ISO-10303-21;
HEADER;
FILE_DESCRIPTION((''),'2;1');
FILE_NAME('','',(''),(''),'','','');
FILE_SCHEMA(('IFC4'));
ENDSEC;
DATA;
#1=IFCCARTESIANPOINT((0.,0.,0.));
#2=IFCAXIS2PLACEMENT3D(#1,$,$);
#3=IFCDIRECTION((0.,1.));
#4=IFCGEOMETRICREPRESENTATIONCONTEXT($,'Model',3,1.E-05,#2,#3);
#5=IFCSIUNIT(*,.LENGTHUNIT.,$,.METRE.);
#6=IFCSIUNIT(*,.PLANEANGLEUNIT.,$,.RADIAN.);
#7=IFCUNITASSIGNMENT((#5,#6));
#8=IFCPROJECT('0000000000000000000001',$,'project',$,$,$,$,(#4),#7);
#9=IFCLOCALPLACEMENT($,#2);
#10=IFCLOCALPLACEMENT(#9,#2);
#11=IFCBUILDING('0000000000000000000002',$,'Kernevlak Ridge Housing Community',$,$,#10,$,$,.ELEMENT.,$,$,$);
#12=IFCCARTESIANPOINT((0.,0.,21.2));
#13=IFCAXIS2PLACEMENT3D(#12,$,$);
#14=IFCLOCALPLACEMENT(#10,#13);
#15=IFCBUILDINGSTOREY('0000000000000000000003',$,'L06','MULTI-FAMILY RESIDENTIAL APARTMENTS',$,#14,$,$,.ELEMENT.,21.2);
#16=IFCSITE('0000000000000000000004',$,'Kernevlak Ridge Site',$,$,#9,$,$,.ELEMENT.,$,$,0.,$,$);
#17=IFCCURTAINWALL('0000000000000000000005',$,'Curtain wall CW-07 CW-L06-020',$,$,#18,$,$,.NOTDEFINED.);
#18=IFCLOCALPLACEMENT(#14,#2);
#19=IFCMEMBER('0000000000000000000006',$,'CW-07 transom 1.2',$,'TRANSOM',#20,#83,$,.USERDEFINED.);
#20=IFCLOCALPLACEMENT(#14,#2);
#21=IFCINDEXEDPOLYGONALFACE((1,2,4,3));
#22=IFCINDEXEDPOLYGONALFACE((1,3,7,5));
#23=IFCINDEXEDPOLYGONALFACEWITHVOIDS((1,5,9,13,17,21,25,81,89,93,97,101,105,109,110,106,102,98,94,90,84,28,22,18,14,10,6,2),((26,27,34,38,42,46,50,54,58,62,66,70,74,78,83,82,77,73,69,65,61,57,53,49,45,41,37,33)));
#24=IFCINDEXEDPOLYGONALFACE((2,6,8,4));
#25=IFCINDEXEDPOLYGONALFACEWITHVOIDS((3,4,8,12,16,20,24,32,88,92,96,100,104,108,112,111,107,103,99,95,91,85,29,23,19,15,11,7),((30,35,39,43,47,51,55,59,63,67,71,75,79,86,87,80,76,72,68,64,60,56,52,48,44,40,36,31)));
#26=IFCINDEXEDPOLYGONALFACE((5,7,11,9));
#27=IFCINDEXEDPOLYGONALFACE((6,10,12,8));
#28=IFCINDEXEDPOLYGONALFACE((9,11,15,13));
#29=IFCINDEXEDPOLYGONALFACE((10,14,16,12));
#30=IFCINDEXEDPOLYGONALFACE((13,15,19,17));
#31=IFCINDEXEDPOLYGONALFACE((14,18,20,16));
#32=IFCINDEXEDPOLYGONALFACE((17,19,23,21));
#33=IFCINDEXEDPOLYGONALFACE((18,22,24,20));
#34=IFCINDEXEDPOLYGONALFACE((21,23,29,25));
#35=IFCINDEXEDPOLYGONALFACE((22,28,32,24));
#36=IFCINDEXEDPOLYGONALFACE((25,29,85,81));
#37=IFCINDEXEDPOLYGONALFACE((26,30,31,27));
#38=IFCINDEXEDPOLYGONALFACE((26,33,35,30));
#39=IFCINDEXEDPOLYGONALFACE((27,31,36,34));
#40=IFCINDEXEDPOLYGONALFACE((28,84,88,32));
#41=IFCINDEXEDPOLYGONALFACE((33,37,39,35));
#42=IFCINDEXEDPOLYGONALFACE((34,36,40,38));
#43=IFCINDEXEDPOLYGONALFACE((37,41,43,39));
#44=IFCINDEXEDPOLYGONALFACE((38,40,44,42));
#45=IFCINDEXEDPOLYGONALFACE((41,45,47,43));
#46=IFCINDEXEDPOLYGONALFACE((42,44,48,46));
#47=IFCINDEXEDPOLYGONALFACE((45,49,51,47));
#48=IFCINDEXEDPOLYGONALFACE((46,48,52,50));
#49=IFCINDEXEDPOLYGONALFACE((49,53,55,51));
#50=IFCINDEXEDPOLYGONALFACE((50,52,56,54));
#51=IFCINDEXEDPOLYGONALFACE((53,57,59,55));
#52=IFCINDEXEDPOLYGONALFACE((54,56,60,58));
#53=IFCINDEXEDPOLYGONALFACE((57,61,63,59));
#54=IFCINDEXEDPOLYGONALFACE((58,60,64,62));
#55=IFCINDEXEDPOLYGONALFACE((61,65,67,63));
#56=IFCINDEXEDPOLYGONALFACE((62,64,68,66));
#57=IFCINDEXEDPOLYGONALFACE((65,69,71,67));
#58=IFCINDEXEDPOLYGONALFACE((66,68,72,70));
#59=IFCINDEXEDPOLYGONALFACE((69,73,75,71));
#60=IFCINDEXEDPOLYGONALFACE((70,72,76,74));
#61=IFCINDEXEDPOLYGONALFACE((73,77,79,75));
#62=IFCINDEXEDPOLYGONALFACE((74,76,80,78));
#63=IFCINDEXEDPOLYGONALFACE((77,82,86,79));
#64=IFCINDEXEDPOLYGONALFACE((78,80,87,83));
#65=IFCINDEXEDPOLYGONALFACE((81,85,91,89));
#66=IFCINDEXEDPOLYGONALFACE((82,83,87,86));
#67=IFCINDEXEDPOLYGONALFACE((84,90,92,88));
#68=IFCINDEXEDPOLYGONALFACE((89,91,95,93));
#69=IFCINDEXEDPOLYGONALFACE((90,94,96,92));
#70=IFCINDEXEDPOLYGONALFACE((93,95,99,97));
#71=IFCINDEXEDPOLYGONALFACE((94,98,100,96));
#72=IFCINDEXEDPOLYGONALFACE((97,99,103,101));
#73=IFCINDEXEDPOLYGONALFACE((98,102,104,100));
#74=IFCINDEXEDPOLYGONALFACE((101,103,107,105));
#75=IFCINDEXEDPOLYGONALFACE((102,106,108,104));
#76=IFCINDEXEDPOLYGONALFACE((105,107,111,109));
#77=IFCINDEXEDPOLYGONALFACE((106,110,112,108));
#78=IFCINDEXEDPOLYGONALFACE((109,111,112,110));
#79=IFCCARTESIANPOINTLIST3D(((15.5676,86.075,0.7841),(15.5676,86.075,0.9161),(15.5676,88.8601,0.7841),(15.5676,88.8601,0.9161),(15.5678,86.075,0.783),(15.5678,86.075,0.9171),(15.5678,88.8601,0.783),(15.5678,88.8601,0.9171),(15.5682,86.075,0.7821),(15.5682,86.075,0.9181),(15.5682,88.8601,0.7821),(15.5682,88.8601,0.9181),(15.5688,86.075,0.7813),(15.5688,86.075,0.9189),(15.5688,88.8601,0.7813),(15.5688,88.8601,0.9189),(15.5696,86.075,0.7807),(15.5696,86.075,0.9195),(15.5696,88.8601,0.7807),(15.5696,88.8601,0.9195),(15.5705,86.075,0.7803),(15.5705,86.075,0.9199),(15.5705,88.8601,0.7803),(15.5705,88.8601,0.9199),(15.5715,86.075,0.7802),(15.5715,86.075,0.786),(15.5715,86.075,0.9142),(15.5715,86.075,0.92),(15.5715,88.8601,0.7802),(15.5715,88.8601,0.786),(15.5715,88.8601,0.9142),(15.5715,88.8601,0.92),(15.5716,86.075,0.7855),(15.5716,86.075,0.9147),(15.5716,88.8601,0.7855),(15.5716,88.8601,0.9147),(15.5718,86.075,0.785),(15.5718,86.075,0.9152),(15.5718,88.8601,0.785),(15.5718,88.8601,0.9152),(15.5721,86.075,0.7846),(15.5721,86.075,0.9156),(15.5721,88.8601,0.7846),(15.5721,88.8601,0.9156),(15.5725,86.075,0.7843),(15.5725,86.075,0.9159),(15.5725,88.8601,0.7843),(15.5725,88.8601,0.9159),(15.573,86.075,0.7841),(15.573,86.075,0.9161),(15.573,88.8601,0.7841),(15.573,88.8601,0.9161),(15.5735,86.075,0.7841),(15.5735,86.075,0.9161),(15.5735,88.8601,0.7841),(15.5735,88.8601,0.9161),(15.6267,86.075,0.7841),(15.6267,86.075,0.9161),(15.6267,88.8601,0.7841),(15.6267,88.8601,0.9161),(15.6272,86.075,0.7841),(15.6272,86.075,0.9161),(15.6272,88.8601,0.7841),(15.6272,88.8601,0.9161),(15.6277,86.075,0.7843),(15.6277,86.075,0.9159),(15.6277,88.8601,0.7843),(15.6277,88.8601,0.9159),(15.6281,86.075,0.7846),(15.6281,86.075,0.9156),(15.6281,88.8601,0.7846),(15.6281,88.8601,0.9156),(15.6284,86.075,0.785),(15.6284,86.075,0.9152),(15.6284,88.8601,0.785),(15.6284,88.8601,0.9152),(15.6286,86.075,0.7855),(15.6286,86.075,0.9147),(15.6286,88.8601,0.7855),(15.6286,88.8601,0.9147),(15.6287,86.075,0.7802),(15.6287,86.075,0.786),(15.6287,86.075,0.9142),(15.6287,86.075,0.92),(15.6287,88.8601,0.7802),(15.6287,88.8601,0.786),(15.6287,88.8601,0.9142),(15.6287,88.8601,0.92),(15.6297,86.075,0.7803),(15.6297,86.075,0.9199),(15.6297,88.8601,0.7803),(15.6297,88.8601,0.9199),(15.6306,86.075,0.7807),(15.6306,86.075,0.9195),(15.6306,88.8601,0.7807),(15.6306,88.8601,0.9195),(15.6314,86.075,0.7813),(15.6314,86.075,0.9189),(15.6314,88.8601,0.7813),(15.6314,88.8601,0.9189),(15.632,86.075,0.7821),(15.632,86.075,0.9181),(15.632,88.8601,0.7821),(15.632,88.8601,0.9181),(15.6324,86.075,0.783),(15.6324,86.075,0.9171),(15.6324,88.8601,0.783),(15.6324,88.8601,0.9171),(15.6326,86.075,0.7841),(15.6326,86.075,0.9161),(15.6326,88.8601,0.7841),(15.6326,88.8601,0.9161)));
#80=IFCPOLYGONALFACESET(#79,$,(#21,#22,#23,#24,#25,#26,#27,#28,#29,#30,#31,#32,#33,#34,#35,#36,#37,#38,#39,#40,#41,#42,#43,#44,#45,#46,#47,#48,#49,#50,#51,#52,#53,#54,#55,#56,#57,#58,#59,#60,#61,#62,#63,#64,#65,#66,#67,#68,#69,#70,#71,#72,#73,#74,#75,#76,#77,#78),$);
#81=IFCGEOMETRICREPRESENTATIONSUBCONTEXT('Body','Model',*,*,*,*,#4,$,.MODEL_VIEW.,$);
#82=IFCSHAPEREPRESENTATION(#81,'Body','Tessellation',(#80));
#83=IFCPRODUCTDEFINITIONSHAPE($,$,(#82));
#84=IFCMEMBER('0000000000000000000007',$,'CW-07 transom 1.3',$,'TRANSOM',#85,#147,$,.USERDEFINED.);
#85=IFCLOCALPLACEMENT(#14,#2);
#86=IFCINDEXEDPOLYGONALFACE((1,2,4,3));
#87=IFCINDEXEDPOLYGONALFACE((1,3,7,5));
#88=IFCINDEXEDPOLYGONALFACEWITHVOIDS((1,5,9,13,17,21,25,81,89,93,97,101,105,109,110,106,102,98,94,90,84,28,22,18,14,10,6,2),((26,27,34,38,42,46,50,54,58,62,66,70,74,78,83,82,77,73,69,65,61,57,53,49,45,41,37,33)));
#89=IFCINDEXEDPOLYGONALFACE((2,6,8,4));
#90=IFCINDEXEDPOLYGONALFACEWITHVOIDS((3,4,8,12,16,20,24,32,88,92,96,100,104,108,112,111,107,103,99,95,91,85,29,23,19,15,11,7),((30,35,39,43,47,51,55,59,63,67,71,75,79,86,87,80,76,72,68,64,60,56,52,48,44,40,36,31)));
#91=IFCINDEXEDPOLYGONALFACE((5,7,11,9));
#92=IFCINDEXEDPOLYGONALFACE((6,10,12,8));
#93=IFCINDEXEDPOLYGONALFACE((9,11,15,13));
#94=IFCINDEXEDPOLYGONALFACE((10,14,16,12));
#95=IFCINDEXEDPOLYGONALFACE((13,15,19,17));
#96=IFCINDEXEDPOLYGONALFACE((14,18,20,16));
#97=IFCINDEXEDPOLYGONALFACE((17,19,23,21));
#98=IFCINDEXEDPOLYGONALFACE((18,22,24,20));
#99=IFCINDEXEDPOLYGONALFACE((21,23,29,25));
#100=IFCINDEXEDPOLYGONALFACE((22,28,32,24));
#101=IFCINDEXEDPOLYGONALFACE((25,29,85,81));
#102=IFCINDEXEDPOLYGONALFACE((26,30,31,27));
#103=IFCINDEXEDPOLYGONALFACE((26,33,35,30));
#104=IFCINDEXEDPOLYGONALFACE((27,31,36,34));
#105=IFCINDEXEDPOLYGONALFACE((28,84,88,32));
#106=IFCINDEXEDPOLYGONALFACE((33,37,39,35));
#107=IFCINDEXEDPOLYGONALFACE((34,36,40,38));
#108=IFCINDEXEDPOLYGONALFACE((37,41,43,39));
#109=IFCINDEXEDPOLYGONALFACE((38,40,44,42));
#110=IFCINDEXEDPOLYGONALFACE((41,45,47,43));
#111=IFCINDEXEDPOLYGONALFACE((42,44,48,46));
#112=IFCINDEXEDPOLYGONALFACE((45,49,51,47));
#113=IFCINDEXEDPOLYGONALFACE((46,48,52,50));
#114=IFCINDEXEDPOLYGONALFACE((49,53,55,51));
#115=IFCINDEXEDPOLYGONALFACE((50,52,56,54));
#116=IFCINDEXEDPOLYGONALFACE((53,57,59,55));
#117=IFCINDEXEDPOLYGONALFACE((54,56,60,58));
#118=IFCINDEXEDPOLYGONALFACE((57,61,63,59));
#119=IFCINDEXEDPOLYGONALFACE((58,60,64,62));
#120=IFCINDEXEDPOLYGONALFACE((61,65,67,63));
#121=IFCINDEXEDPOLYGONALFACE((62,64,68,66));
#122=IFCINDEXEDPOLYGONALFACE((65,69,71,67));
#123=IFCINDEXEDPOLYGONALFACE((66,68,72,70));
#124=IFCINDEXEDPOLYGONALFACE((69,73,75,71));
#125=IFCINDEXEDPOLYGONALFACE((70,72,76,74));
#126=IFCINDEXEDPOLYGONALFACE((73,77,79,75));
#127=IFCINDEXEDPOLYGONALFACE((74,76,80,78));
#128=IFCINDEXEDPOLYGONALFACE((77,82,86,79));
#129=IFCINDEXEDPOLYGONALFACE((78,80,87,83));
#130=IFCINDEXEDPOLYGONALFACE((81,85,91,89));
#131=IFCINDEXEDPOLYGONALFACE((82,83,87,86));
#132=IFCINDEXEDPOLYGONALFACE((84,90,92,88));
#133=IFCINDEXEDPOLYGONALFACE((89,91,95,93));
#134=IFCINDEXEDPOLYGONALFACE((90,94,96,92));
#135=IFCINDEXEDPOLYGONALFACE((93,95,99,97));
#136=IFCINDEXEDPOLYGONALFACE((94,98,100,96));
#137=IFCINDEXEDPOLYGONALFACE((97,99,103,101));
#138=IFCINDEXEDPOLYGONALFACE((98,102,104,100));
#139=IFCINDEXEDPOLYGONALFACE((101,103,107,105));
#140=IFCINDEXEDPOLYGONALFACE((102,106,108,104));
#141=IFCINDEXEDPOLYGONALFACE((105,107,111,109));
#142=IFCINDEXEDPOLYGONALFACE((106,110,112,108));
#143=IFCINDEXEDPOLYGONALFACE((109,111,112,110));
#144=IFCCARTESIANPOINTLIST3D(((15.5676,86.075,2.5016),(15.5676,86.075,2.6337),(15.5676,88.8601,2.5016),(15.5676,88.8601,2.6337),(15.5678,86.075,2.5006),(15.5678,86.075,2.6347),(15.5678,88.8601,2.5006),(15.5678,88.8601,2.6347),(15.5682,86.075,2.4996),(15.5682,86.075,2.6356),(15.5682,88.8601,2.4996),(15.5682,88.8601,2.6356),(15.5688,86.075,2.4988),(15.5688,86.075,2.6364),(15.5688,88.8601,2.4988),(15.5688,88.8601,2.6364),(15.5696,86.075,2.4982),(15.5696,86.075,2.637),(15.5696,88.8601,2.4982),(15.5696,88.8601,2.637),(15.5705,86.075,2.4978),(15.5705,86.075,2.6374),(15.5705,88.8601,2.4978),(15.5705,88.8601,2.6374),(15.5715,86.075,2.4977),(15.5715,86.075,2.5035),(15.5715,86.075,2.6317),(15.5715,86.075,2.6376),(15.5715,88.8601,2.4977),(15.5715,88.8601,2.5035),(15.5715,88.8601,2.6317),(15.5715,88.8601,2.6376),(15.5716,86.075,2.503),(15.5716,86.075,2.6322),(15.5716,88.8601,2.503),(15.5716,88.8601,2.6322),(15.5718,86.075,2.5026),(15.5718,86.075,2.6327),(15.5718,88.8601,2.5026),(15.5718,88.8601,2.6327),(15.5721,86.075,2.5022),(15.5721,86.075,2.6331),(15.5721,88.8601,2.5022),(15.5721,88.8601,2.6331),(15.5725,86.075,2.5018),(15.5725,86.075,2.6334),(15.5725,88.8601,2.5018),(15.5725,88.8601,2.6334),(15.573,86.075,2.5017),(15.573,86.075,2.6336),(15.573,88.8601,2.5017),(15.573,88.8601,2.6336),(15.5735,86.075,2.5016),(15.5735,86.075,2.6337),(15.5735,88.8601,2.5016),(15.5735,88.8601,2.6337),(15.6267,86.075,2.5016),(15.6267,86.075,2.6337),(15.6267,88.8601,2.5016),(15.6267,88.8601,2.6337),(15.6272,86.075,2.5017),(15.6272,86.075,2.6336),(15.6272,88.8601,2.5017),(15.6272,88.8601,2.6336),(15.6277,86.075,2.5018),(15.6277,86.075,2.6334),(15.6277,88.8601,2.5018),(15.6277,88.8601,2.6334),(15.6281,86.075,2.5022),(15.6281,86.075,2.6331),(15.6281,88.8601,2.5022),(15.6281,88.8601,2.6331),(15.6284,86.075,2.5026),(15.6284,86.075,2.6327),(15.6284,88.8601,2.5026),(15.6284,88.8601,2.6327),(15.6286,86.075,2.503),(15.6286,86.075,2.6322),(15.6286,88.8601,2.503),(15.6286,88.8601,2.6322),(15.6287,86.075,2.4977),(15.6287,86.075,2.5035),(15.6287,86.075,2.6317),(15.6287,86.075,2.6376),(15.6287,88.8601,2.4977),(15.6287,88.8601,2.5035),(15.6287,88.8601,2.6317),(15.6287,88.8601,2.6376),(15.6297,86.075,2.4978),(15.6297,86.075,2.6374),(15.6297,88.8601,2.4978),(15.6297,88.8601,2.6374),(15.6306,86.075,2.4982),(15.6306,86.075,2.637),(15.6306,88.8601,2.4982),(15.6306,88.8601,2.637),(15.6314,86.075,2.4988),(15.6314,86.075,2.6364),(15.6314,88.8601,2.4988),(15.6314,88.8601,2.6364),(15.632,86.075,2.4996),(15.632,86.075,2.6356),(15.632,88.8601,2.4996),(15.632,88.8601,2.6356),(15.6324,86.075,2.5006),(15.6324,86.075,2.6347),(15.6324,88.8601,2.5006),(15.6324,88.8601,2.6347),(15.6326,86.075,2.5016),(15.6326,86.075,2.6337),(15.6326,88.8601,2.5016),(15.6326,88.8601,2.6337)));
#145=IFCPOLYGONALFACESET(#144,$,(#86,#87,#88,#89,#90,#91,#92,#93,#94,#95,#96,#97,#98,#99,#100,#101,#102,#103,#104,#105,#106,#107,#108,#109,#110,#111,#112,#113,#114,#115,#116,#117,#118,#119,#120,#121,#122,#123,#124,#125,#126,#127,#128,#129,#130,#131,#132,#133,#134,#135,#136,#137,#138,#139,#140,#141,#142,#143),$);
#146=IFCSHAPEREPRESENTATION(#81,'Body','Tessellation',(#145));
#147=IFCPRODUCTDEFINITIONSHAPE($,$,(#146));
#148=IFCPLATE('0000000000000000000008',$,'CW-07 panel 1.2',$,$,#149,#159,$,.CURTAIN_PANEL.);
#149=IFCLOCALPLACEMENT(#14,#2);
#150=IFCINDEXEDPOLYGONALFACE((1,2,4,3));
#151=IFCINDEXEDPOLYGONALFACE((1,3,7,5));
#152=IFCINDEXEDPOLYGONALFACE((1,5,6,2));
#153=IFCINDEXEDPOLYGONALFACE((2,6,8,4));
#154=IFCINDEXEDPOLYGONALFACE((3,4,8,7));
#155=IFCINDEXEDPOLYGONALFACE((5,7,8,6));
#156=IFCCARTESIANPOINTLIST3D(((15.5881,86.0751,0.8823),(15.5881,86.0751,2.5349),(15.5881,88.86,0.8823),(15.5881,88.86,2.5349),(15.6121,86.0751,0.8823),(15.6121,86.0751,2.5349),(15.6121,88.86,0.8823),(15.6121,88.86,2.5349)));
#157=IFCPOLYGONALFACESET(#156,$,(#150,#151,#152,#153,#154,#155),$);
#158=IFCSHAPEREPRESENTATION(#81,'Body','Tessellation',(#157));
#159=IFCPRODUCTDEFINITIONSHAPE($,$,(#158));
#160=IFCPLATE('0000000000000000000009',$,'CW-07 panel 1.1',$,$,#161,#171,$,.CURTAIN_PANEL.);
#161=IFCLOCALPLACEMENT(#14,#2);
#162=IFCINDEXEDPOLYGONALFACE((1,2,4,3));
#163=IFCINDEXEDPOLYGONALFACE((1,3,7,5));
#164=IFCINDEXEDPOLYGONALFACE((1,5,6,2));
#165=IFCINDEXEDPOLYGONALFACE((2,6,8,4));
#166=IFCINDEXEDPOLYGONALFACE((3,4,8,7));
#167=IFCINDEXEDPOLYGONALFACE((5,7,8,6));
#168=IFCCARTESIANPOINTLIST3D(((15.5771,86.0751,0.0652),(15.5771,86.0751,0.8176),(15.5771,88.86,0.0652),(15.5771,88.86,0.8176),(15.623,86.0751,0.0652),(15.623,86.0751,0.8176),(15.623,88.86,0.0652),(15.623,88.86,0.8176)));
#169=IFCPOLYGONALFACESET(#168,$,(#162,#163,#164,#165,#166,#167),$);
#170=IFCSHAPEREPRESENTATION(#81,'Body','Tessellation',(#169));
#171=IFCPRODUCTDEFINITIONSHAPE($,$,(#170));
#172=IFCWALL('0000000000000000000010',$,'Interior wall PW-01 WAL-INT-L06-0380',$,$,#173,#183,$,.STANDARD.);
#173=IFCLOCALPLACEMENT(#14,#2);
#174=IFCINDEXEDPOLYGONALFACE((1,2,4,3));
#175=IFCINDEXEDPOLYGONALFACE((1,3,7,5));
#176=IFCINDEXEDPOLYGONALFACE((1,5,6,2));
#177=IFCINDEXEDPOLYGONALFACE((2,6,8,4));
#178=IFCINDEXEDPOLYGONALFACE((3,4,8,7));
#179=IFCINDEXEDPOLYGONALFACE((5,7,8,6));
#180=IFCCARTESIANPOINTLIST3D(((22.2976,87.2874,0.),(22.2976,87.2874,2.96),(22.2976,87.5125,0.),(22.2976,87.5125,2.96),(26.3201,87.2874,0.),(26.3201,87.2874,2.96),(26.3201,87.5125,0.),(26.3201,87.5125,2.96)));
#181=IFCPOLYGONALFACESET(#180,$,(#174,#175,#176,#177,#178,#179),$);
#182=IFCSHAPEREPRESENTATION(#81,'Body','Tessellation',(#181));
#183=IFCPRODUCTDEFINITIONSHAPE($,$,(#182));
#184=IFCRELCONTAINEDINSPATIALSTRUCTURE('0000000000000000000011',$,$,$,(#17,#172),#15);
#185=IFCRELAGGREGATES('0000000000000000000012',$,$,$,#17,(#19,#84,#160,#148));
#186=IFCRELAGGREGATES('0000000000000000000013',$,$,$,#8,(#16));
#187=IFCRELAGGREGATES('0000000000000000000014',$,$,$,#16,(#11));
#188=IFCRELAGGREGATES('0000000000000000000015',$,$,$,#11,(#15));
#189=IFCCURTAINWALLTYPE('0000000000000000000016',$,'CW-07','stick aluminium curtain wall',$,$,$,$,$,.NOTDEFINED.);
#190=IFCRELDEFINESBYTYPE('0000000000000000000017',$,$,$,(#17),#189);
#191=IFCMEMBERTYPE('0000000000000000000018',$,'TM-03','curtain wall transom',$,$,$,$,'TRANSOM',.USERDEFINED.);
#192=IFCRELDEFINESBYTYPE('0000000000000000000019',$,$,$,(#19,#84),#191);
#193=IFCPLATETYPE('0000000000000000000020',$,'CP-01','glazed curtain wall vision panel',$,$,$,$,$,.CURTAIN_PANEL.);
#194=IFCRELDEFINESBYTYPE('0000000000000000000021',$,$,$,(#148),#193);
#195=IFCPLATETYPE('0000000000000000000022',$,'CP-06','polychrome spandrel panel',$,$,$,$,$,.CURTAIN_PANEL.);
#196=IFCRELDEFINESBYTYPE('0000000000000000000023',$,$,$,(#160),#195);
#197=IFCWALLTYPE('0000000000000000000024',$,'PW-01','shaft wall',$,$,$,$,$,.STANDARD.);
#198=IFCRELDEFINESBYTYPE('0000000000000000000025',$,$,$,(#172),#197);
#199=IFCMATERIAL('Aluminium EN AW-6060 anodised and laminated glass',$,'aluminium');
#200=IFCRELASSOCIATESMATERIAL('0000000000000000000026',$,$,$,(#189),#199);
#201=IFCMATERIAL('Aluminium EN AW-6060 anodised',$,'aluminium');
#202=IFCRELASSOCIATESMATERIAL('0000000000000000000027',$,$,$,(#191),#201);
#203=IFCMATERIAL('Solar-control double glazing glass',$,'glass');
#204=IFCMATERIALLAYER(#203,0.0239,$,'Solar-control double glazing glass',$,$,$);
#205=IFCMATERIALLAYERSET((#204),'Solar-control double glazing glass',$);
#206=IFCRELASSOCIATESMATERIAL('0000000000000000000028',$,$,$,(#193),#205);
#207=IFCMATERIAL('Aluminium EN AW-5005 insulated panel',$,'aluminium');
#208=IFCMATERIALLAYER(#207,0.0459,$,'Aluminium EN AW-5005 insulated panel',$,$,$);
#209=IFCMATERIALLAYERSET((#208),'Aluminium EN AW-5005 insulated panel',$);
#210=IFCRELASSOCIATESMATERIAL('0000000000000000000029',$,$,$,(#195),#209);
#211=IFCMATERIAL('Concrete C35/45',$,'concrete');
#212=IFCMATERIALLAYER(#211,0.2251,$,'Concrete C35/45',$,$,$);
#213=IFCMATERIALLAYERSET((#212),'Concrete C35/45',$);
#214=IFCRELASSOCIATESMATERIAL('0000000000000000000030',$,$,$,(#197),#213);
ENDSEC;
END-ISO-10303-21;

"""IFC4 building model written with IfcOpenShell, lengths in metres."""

from ifc_helpers import new_model, si_unit, direction, frame, frame_2d, origin, origin_2d, place, context, subcontext, project, spatial, rectangle, hollow_rectangle, extrude, material, layer, layer_set, material_profile, profile_set, type_object, element, aggregate, save


model = new_model("IFC4")

# Units and contexts
model_context = context("Model", 3, precision=1e-05, world=origin(), true_north=direction((0.0, 1.0)))
body_context = subcontext(model_context, "Body", "Model", "MODEL_VIEW")
ifc_project = project(units=[si_unit("LENGTHUNIT", "METRE"), si_unit("PLANEANGLEUNIT", "RADIAN")], contexts=[model_context])

# Site, building, storey
site_placement = place(None, origin())
site = spatial("IfcSite", under=ifc_project, at=site_placement, Name="Kernevlak Ridge Site", CompositionType="ELEMENT", RefElevation=0.0)
building_placement = place(site_placement, origin())
building = spatial("IfcBuilding", under=site, at=building_placement, Name="Kernevlak Ridge Housing Community", CompositionType="ELEMENT")
storey_placement = place(building_placement, frame((0.0, 0.0, 21.2)))
storey = spatial("IfcBuildingStorey", under=building, at=storey_placement, Name="L06", Description="MULTI-FAMILY RESIDENTIAL APARTMENTS", CompositionType="ELEMENT", Elevation=21.2)

# Shared definitions
ifc_material_1 = material(Name="Concrete C35/45", Category="concrete")

# Shared definitions
ifc_material_2 = material(Name="Aluminium EN AW-6060 anodised and laminated glass", Category="aluminium")
ifc_material_3 = material(Name="Aluminium EN AW-6060 anodised", Category="aluminium")

# Curtain wall, members, plates
curtain_wall_type_1 = type_object("IfcCurtainWallType", Name="CW-07", Description="stick aluminium curtain wall", PredefinedType="NOTDEFINED", material=ifc_material_2)
curtain_wall_1_placement = place(storey_placement, origin())
curtain_wall_1 = element("IfcCurtainWall", 1, at=curtain_wall_1_placement, inside=storey, type_object=curtain_wall_type_1, Name="Curtain wall CW-07 CW-L06-020", PredefinedType="NOTDEFINED")
ifc_material_profile_1 = material_profile(ifc_material_3, hollow_rectangle(XDim=0.0649, YDim=0.1399, WallThickness=0.0039, InnerFilletRadius=0.002, OuterFilletRadius=0.0039, at=origin_2d()), Name="ALU 65x140x4")
ifc_profile_set_1 = profile_set([ifc_material_profile_1], Name="Aluminium EN AW-6060 anodised")
member_type_1 = type_object("IfcMemberType", Name="TM-03", Description="curtain wall transom", ElementType="TRANSOM", PredefinedType="USERDEFINED", material=ifc_profile_set_1)
member_1_placement = place(storey_placement, frame((15.6001, 86.075, 0.8501), z_axis=(0.0, 1.0, 0.0), x_axis=(-1.0, 0.0, 0.0)))
member_1 = element("IfcMember", 2, at=member_1_placement, type_object=member_type_1, Name="CW-07 transom 1.2", ObjectType="TRANSOM", PredefinedType="USERDEFINED", context=body_context, shape_type="SweptSolid", body=[
    extrude(hollow_rectangle(XDim=0.0649, YDim=0.1399, WallThickness=0.0039, InnerFilletRadius=0.002, OuterFilletRadius=0.0039, at=origin_2d()), origin(), (0.0, 0.0, 1.0), 2.7852),
])
member_2_placement = place(storey_placement, frame((15.6001, 86.075, 2.5676), z_axis=(0.0, 1.0, 0.0), x_axis=(-1.0, 0.0, 0.0)))
member_2 = element("IfcMember", 3, at=member_2_placement, type_object=member_type_1, Name="CW-07 transom 1.3", ObjectType="TRANSOM", PredefinedType="USERDEFINED", context=body_context, shape_type="SweptSolid", body=[
    extrude(hollow_rectangle(XDim=0.0649, YDim=0.1399, WallThickness=0.0039, InnerFilletRadius=0.002, OuterFilletRadius=0.0039, at=origin_2d()), origin(), (0.0, 0.0, 1.0), 2.7852),
])
ifc_material_4 = material(Name="Solar-control double glazing glass", Category="glass")
ifc_layer_1 = layer(ifc_material_4, 0.0239, Name="Solar-control double glazing glass")
ifc_layer_set_1 = layer_set([ifc_layer_1], Name="Solar-control double glazing glass")
plate_type_1 = type_object("IfcPlateType", Name="CP-01", Description="glazed curtain wall vision panel", PredefinedType="CURTAIN_PANEL", material=ifc_layer_set_1)
plate_1_placement = place(storey_placement, frame((15.6001, 87.4675, 0.8823), z_axis=(0.0, 0.0, 1.0), x_axis=(0.0, 1.0, 0.0)))
plate_1 = element("IfcPlate", 4, at=plate_1_placement, type_object=plate_type_1, Name="CW-07 panel 1.2", PredefinedType="CURTAIN_PANEL", context=body_context, shape_type="SweptSolid", body=[
    extrude(rectangle(XDim=2.7849, YDim=0.0239, at=origin_2d()), origin(), (0.0, 0.0, 1.0), 1.6526),
])
ifc_material_5 = material(Name="Aluminium EN AW-5005 insulated panel", Category="aluminium")
ifc_layer_2 = layer(ifc_material_5, 0.0459, Name="Aluminium EN AW-5005 insulated panel")
ifc_layer_set_2 = layer_set([ifc_layer_2], Name="Aluminium EN AW-5005 insulated panel")
plate_type_2 = type_object("IfcPlateType", Name="CP-06", Description="polychrome spandrel panel", PredefinedType="CURTAIN_PANEL", material=ifc_layer_set_2)
plate_2_placement = place(storey_placement, frame((15.6001, 87.4675, 0.0652), z_axis=(0.0, 0.0, 1.0), x_axis=(0.0, 1.0, 0.0)))
plate_2 = element("IfcPlate", 5, at=plate_2_placement, type_object=plate_type_2, Name="CW-07 panel 1.1", PredefinedType="CURTAIN_PANEL", context=body_context, shape_type="SweptSolid", body=[
    extrude(rectangle(XDim=2.7849, YDim=0.0459, at=origin_2d()), origin(), (0.0, 0.0, 1.0), 0.7524),
])
aggregate(curtain_wall_1, [member_1, member_2, plate_2, plate_1])

# Shared definitions
ifc_layer_3 = layer(ifc_material_1, 0.2251, Name="Concrete C35/45")
ifc_layer_set_3 = layer_set([ifc_layer_3], Name="Concrete C35/45")
wall_type_1 = type_object("IfcWallType", Name="PW-01", Description="shaft wall", PredefinedType="STANDARD", material=ifc_layer_set_3)

# Wall
wall_1_placement = place(storey_placement, frame((22.2976, 87.3999, 0.0), z_axis=(0.0, 0.0, 1.0), x_axis=(1.0, 0.0, 0.0)))
element("IfcWall", 6, at=wall_1_placement, inside=storey, type_object=wall_type_1, Name="Interior wall PW-01 WAL-INT-L06-0380", PredefinedType="STANDARD", context=body_context, shape_type="SweptSolid", body=[
    extrude(rectangle(XDim=4.0225, YDim=0.2251, at=frame_2d((2.0112, 0.0))), origin(), (0.0, 0.0, 1.0), 2.96),
])

save(model, "model.ifc")
